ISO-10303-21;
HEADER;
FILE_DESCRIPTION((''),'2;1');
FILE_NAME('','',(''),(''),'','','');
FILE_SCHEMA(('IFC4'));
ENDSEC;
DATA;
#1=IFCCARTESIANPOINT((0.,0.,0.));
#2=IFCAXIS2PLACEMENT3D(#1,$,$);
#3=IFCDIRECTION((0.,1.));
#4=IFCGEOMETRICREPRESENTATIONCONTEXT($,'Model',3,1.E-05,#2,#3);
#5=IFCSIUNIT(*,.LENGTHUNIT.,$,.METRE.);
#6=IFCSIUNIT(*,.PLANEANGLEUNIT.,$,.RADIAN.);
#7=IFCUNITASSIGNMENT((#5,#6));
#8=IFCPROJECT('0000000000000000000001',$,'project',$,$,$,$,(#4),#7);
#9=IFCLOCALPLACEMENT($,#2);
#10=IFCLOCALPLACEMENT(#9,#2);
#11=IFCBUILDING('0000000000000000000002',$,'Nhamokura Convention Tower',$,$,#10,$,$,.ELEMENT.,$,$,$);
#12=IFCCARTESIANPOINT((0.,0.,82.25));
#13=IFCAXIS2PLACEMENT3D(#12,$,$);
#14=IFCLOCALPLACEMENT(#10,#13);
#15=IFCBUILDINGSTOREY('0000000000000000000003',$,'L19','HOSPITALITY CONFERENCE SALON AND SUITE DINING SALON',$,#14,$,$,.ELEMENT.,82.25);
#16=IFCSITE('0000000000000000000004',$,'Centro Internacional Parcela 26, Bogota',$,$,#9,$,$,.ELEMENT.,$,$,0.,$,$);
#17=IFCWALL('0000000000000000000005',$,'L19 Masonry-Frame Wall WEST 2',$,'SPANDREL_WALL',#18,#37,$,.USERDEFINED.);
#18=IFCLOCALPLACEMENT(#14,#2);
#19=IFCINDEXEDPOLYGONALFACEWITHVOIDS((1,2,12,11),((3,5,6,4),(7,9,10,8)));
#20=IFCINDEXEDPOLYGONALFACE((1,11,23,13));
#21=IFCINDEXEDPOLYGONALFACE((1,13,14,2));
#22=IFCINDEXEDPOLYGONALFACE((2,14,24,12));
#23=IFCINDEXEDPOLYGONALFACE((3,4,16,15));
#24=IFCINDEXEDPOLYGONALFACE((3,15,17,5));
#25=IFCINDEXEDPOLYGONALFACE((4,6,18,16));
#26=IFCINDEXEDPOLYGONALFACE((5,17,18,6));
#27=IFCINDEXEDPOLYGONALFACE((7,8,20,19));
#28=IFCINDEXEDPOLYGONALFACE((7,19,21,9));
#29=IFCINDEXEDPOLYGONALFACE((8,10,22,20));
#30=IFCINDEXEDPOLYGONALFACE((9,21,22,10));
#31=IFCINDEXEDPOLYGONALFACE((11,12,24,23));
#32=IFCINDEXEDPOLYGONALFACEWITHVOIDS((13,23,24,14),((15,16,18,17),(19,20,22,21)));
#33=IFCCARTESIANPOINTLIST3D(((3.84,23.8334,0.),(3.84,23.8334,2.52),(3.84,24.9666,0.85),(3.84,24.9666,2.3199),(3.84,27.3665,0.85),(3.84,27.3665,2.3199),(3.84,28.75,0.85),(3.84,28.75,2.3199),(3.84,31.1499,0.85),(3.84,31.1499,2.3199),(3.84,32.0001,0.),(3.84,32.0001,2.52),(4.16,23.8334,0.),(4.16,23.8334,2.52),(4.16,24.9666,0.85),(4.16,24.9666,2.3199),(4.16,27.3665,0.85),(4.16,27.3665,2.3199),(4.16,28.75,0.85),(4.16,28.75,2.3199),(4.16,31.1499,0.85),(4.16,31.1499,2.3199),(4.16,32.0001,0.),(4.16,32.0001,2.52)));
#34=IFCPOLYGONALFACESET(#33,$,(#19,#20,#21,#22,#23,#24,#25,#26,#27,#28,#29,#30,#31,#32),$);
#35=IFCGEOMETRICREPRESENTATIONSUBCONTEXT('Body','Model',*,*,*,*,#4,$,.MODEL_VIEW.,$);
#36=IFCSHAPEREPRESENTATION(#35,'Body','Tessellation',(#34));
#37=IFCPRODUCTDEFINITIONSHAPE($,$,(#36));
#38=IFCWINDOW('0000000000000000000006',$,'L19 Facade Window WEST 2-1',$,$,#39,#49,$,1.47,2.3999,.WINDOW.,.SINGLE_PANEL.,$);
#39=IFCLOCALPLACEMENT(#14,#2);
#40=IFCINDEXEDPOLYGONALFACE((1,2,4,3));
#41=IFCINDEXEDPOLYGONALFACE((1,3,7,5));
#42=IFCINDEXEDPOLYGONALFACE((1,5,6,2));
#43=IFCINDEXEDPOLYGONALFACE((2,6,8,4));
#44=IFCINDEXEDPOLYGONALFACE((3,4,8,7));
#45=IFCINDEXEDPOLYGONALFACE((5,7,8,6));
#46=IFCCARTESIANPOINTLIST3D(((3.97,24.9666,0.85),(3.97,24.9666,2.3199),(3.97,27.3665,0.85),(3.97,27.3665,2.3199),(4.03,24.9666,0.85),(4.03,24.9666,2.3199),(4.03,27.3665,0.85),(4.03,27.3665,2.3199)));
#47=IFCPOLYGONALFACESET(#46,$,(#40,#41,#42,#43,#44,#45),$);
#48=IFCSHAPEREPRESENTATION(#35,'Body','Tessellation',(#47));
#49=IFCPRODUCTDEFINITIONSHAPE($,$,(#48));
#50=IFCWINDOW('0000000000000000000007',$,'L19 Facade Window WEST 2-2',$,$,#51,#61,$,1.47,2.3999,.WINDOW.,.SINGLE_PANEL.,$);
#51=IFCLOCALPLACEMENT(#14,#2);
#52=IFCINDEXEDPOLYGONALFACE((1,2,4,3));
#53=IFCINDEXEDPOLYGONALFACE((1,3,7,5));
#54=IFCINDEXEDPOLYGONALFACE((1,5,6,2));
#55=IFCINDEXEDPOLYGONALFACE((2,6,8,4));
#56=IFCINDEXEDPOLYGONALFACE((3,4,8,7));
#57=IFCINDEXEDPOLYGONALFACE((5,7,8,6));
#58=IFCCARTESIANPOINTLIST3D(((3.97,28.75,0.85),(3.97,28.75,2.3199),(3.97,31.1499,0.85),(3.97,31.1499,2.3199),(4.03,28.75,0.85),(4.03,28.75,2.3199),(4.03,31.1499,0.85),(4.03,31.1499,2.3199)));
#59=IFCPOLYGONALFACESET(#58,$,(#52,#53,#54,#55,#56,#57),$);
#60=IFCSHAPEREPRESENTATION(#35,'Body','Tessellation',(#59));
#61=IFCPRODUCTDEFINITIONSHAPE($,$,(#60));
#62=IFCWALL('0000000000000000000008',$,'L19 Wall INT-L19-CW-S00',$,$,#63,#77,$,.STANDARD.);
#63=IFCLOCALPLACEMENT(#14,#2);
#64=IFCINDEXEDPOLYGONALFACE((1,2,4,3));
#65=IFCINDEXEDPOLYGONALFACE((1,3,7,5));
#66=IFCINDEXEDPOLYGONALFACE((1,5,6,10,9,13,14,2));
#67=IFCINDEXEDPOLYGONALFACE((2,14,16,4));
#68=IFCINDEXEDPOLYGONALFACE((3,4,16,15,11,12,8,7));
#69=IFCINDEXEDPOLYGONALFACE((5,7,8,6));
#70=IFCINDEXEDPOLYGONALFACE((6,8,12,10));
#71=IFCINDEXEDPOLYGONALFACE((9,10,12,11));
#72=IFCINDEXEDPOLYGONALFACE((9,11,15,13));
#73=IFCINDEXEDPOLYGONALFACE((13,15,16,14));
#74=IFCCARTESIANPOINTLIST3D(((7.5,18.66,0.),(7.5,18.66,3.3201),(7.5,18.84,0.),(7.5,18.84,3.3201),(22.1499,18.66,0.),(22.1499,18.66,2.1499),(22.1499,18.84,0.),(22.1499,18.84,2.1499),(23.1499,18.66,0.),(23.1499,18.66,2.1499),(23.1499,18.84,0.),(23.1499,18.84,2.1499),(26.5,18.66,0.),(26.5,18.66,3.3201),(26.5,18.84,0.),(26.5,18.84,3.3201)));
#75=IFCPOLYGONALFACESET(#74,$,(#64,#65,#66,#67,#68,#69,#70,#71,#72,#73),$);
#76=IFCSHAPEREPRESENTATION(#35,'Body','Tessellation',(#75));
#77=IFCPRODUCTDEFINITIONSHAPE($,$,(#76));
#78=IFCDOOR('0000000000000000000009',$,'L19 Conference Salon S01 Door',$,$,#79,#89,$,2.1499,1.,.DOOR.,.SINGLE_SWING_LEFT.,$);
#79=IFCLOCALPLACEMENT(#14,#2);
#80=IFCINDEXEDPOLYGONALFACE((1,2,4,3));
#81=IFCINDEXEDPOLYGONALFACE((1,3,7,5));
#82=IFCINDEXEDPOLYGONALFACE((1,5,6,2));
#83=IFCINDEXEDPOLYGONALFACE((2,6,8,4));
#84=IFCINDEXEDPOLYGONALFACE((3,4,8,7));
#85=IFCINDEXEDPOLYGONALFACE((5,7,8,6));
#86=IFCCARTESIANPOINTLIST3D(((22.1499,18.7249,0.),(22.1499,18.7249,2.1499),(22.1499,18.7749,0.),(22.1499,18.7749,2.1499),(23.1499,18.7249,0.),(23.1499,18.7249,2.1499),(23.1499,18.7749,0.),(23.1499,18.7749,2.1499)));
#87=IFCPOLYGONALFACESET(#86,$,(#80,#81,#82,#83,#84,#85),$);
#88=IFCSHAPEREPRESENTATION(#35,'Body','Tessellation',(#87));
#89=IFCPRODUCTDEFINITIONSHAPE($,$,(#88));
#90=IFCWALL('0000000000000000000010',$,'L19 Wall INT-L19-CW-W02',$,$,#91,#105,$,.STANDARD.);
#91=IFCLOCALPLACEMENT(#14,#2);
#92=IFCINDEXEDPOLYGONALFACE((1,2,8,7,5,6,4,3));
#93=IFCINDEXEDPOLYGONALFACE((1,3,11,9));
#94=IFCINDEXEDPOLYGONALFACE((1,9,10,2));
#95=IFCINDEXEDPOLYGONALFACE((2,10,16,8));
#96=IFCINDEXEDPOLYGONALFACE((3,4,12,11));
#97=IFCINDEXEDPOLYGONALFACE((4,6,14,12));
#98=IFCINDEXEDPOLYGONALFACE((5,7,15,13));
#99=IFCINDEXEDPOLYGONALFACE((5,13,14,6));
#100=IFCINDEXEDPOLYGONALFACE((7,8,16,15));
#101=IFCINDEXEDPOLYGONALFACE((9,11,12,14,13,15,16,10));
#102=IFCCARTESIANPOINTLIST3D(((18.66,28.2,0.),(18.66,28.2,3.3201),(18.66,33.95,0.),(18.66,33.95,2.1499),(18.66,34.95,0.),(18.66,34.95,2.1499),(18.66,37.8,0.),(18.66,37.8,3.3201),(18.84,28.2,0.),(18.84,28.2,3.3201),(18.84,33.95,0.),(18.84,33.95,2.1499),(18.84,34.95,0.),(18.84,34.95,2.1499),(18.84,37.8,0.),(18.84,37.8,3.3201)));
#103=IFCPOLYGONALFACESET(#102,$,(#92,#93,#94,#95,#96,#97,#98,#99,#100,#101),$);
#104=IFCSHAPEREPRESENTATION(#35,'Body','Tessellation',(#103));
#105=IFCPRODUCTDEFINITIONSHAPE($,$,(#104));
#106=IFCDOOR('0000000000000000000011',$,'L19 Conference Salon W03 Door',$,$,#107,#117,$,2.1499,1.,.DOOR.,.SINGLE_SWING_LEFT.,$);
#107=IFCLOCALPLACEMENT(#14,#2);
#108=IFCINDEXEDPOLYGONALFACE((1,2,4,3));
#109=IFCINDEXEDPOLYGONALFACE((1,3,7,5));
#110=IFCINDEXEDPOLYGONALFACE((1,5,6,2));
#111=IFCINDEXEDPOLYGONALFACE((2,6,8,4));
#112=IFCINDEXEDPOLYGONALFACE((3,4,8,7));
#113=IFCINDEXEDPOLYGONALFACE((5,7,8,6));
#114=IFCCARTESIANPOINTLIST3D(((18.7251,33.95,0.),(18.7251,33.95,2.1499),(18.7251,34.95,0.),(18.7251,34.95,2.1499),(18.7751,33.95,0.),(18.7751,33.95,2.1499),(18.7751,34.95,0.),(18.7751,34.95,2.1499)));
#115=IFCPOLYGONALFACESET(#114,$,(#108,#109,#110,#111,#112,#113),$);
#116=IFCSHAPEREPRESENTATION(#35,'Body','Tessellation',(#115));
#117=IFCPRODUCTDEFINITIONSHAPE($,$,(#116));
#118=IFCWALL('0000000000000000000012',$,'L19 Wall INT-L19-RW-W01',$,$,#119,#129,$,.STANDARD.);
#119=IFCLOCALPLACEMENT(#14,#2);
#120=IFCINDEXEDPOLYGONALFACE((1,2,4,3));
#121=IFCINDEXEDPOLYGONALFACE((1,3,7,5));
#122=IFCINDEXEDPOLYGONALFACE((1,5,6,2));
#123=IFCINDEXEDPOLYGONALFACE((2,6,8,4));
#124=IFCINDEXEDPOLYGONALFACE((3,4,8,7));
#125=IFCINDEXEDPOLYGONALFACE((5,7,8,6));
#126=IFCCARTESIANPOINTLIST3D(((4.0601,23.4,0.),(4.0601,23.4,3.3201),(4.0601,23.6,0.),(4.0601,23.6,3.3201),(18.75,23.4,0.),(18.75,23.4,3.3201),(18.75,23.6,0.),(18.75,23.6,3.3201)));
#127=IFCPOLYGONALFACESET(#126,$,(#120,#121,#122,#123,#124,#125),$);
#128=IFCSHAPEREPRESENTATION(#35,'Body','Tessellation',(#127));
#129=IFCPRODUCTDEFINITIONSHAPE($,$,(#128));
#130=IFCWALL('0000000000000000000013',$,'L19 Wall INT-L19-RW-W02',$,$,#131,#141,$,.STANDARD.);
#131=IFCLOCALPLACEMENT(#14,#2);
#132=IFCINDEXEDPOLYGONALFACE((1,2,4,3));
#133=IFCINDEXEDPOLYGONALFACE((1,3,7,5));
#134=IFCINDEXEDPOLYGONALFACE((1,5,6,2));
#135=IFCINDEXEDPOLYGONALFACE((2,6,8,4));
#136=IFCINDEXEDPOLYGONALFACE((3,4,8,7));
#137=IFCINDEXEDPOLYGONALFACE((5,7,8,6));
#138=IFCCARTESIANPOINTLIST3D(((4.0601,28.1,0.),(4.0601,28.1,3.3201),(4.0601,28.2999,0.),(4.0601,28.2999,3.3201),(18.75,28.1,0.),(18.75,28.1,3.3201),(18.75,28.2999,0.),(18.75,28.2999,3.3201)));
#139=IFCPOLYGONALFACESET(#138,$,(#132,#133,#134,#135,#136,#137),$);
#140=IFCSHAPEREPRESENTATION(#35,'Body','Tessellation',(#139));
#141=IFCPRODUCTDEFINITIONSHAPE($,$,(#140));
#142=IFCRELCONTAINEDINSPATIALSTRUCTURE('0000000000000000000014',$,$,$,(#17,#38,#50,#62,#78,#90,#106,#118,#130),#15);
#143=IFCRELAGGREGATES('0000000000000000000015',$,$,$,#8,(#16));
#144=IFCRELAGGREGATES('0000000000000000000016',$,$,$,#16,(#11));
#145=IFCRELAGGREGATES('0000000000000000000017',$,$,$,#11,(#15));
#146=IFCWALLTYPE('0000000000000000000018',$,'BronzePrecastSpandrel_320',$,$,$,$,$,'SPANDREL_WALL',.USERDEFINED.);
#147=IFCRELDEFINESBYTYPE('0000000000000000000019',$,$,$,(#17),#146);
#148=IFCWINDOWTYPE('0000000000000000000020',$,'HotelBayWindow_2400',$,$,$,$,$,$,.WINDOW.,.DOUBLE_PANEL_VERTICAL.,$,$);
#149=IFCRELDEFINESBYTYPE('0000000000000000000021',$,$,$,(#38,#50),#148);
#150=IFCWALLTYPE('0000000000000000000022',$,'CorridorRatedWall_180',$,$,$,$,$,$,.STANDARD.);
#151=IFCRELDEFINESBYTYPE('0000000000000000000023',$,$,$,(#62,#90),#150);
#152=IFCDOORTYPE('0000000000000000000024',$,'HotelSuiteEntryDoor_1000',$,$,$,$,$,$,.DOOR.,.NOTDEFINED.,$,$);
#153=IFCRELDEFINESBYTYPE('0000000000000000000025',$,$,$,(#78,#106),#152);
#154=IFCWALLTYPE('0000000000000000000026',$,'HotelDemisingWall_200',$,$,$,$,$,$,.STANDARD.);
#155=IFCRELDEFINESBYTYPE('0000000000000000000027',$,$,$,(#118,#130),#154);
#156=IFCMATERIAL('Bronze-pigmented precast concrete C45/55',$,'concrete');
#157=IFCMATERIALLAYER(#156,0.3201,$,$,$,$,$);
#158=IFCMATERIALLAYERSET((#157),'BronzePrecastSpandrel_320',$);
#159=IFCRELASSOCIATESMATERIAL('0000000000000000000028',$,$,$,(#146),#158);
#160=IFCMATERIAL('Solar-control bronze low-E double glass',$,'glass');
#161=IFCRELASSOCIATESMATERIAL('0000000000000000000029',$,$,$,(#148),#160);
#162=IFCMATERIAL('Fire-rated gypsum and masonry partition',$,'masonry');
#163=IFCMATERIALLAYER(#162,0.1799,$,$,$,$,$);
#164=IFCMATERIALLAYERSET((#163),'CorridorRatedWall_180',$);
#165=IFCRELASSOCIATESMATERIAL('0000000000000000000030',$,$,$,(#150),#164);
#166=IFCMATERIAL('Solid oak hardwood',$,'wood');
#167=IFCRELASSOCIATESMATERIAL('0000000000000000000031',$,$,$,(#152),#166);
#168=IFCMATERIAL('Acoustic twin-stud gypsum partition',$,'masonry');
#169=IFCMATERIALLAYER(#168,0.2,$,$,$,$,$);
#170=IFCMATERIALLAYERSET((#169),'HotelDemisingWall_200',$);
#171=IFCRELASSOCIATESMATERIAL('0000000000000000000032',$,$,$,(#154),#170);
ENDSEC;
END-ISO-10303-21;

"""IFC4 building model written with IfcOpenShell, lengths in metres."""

from ifc_helpers import new_model, si_unit, direction, frame, frame_2d, origin, place, context, subcontext, project, spatial, rectangle, extrude, material, layer, layer_set, type_object, element, fill, save


model = new_model("IFC4")

# Units and contexts
model_context = context("Model", 3, precision=1e-05, world=origin(), true_north=direction((0.0, 1.0)))
body_context = subcontext(model_context, "Body", "Model", "MODEL_VIEW")
ifc_project = project(units=[si_unit("LENGTHUNIT", "METRE"), si_unit("PLANEANGLEUNIT", "RADIAN")], contexts=[model_context])

# Site, building, storey
site_placement = place(None, origin())
site = spatial("IfcSite", under=ifc_project, at=site_placement, Name="Centro Internacional Parcela 26, Bogota", CompositionType="ELEMENT", RefElevation=0.0)
building_placement = place(site_placement, origin())
building = spatial("IfcBuilding", under=site, at=building_placement, Name="Nhamokura Convention Tower", CompositionType="ELEMENT")
storey_placement = place(building_placement, frame((0.0, 0.0, 82.25)))
storey = spatial("IfcBuildingStorey", under=building, at=storey_placement, Name="L19", Description="HOSPITALITY CONFERENCE SALON AND SUITE DINING SALON", CompositionType="ELEMENT", Elevation=82.25)

# Wall, openings, windows
ifc_material_1 = material(Name="Bronze-pigmented precast concrete C45/55", Category="concrete")
ifc_layer_1 = layer(ifc_material_1, 0.3201)
ifc_layer_set_1 = layer_set([ifc_layer_1], Name="BronzePrecastSpandrel_320")
wall_type_1 = type_object("IfcWallType", Name="BronzePrecastSpandrel_320", ElementType="SPANDREL_WALL", PredefinedType="USERDEFINED", material=ifc_layer_set_1)
wall_1_placement = place(storey_placement, frame((4.0, 23.8333, 0.0), z_axis=(0.0, 0.0, 1.0), x_axis=(0.0, 1.0, 0.0)))
wall_1 = element("IfcWall", 1, at=wall_1_placement, inside=storey, type_object=wall_type_1, Name="L19 Masonry-Frame Wall WEST 2", ObjectType="SPANDREL_WALL", PredefinedType="USERDEFINED", context=body_context, shape_type="SweptSolid", body=[
    extrude(rectangle(XDim=8.1667, YDim=0.3201, at=frame_2d((4.0835, 0.0))), origin(), (0.0, 0.0, 1.0), 2.52),
])
opening_1_placement = place(wall_1_placement, frame((1.1333, 0.0, 0.8501)))
opening_1 = element("IfcOpeningElement", 2, at=opening_1_placement, cuts=wall_1, PredefinedType="OPENING", context=body_context, shape_type="SweptSolid", body=[
    extrude(rectangle(XDim=2.3999, YDim=1.47, at=frame_2d((1.2, 0.7349))), frame((0.0, 0.1699, 0.0), z_axis=(0.0, -1.0, 0.0), x_axis=(1.0, 0.0, 0.0)), (0.0, 0.0, 1.0), 0.3401),
])
opening_2_placement = place(wall_1_placement, frame((4.9167, 0.0, 0.8501)))
opening_2 = element("IfcOpeningElement", 3, at=opening_2_placement, cuts=wall_1, PredefinedType="OPENING", context=body_context, shape_type="SweptSolid", body=[
    extrude(rectangle(XDim=2.3999, YDim=1.47, at=frame_2d((1.2, 0.7349))), frame((0.0, 0.1699, 0.0), z_axis=(0.0, -1.0, 0.0), x_axis=(1.0, 0.0, 0.0)), (0.0, 0.0, 1.0), 0.3401),
])
ifc_material_2 = material(Name="Solar-control bronze low-E double glass", Category="glass")
window_type = type_object("IfcWindowType", Name="HotelBayWindow_2400", PartitioningType="DOUBLE_PANEL_VERTICAL", PredefinedType="WINDOW", material=ifc_material_2)
window_1_placement = place(opening_1_placement, origin())
window_1 = element("IfcWindow", 4, at=window_1_placement, inside=storey, type_object=window_type, Name="L19 Facade Window WEST 2-1", OverallHeight=1.47, OverallWidth=2.3999, PartitioningType="SINGLE_PANEL", PredefinedType="WINDOW", context=body_context, shape_type="SweptSolid", body=[
    extrude(rectangle(XDim=2.3999, YDim=1.47, at=frame_2d((1.2, 0.7349))), frame((0.0, 0.03, 0.0), z_axis=(0.0, -1.0, 0.0), x_axis=(1.0, 0.0, 0.0)), (0.0, 0.0, 1.0), 0.0601),
])
fill(opening_1, window_1)
window_2_placement = place(opening_2_placement, origin())
window_2 = element("IfcWindow", 5, at=window_2_placement, inside=storey, type_object=window_type, Name="L19 Facade Window WEST 2-2", OverallHeight=1.47, OverallWidth=2.3999, PartitioningType="SINGLE_PANEL", PredefinedType="WINDOW", context=body_context, shape_type="SweptSolid", body=[
    extrude(rectangle(XDim=2.3999, YDim=1.47, at=frame_2d((1.2, 0.7349))), frame((0.0, 0.03, 0.0), z_axis=(0.0, -1.0, 0.0), x_axis=(1.0, 0.0, 0.0)), (0.0, 0.0, 1.0), 0.0601),
])
fill(opening_2, window_2)

# Walls, openings, doors
ifc_material_3 = material(Name="Fire-rated gypsum and masonry partition", Category="masonry")
ifc_layer_2 = layer(ifc_material_3, 0.1799)
ifc_layer_set_2 = layer_set([ifc_layer_2], Name="CorridorRatedWall_180")
wall_type_2 = type_object("IfcWallType", Name="CorridorRatedWall_180", PredefinedType="STANDARD", material=ifc_layer_set_2)
wall_2_placement = place(storey_placement, frame((7.5, 18.75, 0.0), z_axis=(0.0, 0.0, 1.0), x_axis=(1.0, 0.0, 0.0)))
wall_2 = element("IfcWall", 6, at=wall_2_placement, inside=storey, type_object=wall_type_2, Name="L19 Wall INT-L19-CW-S00", PredefinedType="STANDARD", context=body_context, shape_type="SweptSolid", body=[
    extrude(rectangle(XDim=19.0, YDim=0.1799, at=frame_2d((9.5, 0.0))), origin(), (0.0, 0.0, 1.0), 3.3201),
])
opening_3_placement = place(wall_2_placement, frame((14.6499, 0.0, 0.0)))
opening_3 = element("IfcOpeningElement", 7, at=opening_3_placement, cuts=wall_2, PredefinedType="OPENING", context=body_context, shape_type="SweptSolid", body=[
    extrude(rectangle(XDim=1.0, YDim=2.1499, at=frame_2d((0.5, 1.075))), frame((0.0, 0.0999, 0.0), z_axis=(0.0, -1.0, 0.0), x_axis=(1.0, 0.0, 0.0)), (0.0, 0.0, 1.0), 0.2),
])
ifc_material_4 = material(Name="Solid oak hardwood", Category="wood")
door_type_1 = type_object("IfcDoorType", Name="HotelSuiteEntryDoor_1000", OperationType="NOTDEFINED", PredefinedType="DOOR", material=ifc_material_4)
door_1_placement = place(opening_3_placement, origin())
door_1 = element("IfcDoor", 8, at=door_1_placement, inside=storey, type_object=door_type_1, Name="L19 Conference Salon S01 Door", OperationType="SINGLE_SWING_LEFT", OverallHeight=2.1499, OverallWidth=1.0, PredefinedType="DOOR", context=body_context, shape_type="SweptSolid", body=[
    extrude(rectangle(XDim=1.0, YDim=2.1499, at=frame_2d((0.5, 1.075))), frame((0.0, 0.0249, 0.0), z_axis=(0.0, -1.0, 0.0), x_axis=(1.0, 0.0, 0.0)), (0.0, 0.0, 1.0), 0.05),
])
fill(opening_3, door_1)
wall_3_placement = place(storey_placement, frame((18.75, 28.2, 0.0), z_axis=(0.0, 0.0, 1.0), x_axis=(0.0, 1.0, 0.0)))
wall_3 = element("IfcWall", 9, at=wall_3_placement, inside=storey, type_object=wall_type_2, Name="L19 Wall INT-L19-CW-W02", PredefinedType="STANDARD", context=body_context, shape_type="SweptSolid", body=[
    extrude(rectangle(XDim=9.6001, YDim=0.1799, at=frame_2d((4.8, 0.0))), origin(), (0.0, 0.0, 1.0), 3.3201),
])
opening_4_placement = place(wall_3_placement, frame((5.75, 0.0, 0.0)))
opening_4 = element("IfcOpeningElement", 10, at=opening_4_placement, cuts=wall_3, PredefinedType="OPENING", context=body_context, shape_type="SweptSolid", body=[
    extrude(rectangle(XDim=1.0, YDim=2.1499, at=frame_2d((0.5, 1.075))), frame((0.0, 0.0999, 0.0), z_axis=(0.0, -1.0, 0.0), x_axis=(1.0, 0.0, 0.0)), (0.0, 0.0, 1.0), 0.2),
])
door_2_placement = place(opening_4_placement, origin())
door_2 = element("IfcDoor", 11, at=door_2_placement, inside=storey, type_object=door_type_1, Name="L19 Conference Salon W03 Door", OperationType="SINGLE_SWING_LEFT", OverallHeight=2.1499, OverallWidth=1.0, PredefinedType="DOOR", context=body_context, shape_type="SweptSolid", body=[
    extrude(rectangle(XDim=1.0, YDim=2.1499, at=frame_2d((0.5, 1.075))), frame((0.0, 0.0249, 0.0), z_axis=(0.0, -1.0, 0.0), x_axis=(1.0, 0.0, 0.0)), (0.0, 0.0, 1.0), 0.05),
])
fill(opening_4, door_2)

# Walls
ifc_material_5 = material(Name="Acoustic twin-stud gypsum partition", Category="masonry")
ifc_layer_3 = layer(ifc_material_5, 0.2)
ifc_layer_set_3 = layer_set([ifc_layer_3], Name="HotelDemisingWall_200")
wall_type_3 = type_object("IfcWallType", Name="HotelDemisingWall_200", PredefinedType="STANDARD", material=ifc_layer_set_3)
for number, where, z_axis, x_axis, name in (
    (12, (4.0601, 23.5, 0.0), (0.0, 0.0, 1.0), (1.0, 0.0, 0.0), "L19 Wall INT-L19-RW-W01"),
    (13, (4.0601, 28.2, 0.0), (0.0, 0.0, 1.0), (1.0, 0.0, 0.0), "L19 Wall INT-L19-RW-W02"),
):
    element("IfcWall", number, at=place(storey_placement, frame(where, z_axis=z_axis, x_axis=x_axis)), inside=storey, type_object=wall_type_3, Name=name, PredefinedType="STANDARD", context=body_context, shape_type="SweptSolid", body=[
        extrude(rectangle(XDim=14.6899, YDim=0.2, at=frame_2d((7.345, 0.0))), origin(), (0.0, 0.0, 1.0), 3.3201),
    ])

save(model, "model.ifc")
